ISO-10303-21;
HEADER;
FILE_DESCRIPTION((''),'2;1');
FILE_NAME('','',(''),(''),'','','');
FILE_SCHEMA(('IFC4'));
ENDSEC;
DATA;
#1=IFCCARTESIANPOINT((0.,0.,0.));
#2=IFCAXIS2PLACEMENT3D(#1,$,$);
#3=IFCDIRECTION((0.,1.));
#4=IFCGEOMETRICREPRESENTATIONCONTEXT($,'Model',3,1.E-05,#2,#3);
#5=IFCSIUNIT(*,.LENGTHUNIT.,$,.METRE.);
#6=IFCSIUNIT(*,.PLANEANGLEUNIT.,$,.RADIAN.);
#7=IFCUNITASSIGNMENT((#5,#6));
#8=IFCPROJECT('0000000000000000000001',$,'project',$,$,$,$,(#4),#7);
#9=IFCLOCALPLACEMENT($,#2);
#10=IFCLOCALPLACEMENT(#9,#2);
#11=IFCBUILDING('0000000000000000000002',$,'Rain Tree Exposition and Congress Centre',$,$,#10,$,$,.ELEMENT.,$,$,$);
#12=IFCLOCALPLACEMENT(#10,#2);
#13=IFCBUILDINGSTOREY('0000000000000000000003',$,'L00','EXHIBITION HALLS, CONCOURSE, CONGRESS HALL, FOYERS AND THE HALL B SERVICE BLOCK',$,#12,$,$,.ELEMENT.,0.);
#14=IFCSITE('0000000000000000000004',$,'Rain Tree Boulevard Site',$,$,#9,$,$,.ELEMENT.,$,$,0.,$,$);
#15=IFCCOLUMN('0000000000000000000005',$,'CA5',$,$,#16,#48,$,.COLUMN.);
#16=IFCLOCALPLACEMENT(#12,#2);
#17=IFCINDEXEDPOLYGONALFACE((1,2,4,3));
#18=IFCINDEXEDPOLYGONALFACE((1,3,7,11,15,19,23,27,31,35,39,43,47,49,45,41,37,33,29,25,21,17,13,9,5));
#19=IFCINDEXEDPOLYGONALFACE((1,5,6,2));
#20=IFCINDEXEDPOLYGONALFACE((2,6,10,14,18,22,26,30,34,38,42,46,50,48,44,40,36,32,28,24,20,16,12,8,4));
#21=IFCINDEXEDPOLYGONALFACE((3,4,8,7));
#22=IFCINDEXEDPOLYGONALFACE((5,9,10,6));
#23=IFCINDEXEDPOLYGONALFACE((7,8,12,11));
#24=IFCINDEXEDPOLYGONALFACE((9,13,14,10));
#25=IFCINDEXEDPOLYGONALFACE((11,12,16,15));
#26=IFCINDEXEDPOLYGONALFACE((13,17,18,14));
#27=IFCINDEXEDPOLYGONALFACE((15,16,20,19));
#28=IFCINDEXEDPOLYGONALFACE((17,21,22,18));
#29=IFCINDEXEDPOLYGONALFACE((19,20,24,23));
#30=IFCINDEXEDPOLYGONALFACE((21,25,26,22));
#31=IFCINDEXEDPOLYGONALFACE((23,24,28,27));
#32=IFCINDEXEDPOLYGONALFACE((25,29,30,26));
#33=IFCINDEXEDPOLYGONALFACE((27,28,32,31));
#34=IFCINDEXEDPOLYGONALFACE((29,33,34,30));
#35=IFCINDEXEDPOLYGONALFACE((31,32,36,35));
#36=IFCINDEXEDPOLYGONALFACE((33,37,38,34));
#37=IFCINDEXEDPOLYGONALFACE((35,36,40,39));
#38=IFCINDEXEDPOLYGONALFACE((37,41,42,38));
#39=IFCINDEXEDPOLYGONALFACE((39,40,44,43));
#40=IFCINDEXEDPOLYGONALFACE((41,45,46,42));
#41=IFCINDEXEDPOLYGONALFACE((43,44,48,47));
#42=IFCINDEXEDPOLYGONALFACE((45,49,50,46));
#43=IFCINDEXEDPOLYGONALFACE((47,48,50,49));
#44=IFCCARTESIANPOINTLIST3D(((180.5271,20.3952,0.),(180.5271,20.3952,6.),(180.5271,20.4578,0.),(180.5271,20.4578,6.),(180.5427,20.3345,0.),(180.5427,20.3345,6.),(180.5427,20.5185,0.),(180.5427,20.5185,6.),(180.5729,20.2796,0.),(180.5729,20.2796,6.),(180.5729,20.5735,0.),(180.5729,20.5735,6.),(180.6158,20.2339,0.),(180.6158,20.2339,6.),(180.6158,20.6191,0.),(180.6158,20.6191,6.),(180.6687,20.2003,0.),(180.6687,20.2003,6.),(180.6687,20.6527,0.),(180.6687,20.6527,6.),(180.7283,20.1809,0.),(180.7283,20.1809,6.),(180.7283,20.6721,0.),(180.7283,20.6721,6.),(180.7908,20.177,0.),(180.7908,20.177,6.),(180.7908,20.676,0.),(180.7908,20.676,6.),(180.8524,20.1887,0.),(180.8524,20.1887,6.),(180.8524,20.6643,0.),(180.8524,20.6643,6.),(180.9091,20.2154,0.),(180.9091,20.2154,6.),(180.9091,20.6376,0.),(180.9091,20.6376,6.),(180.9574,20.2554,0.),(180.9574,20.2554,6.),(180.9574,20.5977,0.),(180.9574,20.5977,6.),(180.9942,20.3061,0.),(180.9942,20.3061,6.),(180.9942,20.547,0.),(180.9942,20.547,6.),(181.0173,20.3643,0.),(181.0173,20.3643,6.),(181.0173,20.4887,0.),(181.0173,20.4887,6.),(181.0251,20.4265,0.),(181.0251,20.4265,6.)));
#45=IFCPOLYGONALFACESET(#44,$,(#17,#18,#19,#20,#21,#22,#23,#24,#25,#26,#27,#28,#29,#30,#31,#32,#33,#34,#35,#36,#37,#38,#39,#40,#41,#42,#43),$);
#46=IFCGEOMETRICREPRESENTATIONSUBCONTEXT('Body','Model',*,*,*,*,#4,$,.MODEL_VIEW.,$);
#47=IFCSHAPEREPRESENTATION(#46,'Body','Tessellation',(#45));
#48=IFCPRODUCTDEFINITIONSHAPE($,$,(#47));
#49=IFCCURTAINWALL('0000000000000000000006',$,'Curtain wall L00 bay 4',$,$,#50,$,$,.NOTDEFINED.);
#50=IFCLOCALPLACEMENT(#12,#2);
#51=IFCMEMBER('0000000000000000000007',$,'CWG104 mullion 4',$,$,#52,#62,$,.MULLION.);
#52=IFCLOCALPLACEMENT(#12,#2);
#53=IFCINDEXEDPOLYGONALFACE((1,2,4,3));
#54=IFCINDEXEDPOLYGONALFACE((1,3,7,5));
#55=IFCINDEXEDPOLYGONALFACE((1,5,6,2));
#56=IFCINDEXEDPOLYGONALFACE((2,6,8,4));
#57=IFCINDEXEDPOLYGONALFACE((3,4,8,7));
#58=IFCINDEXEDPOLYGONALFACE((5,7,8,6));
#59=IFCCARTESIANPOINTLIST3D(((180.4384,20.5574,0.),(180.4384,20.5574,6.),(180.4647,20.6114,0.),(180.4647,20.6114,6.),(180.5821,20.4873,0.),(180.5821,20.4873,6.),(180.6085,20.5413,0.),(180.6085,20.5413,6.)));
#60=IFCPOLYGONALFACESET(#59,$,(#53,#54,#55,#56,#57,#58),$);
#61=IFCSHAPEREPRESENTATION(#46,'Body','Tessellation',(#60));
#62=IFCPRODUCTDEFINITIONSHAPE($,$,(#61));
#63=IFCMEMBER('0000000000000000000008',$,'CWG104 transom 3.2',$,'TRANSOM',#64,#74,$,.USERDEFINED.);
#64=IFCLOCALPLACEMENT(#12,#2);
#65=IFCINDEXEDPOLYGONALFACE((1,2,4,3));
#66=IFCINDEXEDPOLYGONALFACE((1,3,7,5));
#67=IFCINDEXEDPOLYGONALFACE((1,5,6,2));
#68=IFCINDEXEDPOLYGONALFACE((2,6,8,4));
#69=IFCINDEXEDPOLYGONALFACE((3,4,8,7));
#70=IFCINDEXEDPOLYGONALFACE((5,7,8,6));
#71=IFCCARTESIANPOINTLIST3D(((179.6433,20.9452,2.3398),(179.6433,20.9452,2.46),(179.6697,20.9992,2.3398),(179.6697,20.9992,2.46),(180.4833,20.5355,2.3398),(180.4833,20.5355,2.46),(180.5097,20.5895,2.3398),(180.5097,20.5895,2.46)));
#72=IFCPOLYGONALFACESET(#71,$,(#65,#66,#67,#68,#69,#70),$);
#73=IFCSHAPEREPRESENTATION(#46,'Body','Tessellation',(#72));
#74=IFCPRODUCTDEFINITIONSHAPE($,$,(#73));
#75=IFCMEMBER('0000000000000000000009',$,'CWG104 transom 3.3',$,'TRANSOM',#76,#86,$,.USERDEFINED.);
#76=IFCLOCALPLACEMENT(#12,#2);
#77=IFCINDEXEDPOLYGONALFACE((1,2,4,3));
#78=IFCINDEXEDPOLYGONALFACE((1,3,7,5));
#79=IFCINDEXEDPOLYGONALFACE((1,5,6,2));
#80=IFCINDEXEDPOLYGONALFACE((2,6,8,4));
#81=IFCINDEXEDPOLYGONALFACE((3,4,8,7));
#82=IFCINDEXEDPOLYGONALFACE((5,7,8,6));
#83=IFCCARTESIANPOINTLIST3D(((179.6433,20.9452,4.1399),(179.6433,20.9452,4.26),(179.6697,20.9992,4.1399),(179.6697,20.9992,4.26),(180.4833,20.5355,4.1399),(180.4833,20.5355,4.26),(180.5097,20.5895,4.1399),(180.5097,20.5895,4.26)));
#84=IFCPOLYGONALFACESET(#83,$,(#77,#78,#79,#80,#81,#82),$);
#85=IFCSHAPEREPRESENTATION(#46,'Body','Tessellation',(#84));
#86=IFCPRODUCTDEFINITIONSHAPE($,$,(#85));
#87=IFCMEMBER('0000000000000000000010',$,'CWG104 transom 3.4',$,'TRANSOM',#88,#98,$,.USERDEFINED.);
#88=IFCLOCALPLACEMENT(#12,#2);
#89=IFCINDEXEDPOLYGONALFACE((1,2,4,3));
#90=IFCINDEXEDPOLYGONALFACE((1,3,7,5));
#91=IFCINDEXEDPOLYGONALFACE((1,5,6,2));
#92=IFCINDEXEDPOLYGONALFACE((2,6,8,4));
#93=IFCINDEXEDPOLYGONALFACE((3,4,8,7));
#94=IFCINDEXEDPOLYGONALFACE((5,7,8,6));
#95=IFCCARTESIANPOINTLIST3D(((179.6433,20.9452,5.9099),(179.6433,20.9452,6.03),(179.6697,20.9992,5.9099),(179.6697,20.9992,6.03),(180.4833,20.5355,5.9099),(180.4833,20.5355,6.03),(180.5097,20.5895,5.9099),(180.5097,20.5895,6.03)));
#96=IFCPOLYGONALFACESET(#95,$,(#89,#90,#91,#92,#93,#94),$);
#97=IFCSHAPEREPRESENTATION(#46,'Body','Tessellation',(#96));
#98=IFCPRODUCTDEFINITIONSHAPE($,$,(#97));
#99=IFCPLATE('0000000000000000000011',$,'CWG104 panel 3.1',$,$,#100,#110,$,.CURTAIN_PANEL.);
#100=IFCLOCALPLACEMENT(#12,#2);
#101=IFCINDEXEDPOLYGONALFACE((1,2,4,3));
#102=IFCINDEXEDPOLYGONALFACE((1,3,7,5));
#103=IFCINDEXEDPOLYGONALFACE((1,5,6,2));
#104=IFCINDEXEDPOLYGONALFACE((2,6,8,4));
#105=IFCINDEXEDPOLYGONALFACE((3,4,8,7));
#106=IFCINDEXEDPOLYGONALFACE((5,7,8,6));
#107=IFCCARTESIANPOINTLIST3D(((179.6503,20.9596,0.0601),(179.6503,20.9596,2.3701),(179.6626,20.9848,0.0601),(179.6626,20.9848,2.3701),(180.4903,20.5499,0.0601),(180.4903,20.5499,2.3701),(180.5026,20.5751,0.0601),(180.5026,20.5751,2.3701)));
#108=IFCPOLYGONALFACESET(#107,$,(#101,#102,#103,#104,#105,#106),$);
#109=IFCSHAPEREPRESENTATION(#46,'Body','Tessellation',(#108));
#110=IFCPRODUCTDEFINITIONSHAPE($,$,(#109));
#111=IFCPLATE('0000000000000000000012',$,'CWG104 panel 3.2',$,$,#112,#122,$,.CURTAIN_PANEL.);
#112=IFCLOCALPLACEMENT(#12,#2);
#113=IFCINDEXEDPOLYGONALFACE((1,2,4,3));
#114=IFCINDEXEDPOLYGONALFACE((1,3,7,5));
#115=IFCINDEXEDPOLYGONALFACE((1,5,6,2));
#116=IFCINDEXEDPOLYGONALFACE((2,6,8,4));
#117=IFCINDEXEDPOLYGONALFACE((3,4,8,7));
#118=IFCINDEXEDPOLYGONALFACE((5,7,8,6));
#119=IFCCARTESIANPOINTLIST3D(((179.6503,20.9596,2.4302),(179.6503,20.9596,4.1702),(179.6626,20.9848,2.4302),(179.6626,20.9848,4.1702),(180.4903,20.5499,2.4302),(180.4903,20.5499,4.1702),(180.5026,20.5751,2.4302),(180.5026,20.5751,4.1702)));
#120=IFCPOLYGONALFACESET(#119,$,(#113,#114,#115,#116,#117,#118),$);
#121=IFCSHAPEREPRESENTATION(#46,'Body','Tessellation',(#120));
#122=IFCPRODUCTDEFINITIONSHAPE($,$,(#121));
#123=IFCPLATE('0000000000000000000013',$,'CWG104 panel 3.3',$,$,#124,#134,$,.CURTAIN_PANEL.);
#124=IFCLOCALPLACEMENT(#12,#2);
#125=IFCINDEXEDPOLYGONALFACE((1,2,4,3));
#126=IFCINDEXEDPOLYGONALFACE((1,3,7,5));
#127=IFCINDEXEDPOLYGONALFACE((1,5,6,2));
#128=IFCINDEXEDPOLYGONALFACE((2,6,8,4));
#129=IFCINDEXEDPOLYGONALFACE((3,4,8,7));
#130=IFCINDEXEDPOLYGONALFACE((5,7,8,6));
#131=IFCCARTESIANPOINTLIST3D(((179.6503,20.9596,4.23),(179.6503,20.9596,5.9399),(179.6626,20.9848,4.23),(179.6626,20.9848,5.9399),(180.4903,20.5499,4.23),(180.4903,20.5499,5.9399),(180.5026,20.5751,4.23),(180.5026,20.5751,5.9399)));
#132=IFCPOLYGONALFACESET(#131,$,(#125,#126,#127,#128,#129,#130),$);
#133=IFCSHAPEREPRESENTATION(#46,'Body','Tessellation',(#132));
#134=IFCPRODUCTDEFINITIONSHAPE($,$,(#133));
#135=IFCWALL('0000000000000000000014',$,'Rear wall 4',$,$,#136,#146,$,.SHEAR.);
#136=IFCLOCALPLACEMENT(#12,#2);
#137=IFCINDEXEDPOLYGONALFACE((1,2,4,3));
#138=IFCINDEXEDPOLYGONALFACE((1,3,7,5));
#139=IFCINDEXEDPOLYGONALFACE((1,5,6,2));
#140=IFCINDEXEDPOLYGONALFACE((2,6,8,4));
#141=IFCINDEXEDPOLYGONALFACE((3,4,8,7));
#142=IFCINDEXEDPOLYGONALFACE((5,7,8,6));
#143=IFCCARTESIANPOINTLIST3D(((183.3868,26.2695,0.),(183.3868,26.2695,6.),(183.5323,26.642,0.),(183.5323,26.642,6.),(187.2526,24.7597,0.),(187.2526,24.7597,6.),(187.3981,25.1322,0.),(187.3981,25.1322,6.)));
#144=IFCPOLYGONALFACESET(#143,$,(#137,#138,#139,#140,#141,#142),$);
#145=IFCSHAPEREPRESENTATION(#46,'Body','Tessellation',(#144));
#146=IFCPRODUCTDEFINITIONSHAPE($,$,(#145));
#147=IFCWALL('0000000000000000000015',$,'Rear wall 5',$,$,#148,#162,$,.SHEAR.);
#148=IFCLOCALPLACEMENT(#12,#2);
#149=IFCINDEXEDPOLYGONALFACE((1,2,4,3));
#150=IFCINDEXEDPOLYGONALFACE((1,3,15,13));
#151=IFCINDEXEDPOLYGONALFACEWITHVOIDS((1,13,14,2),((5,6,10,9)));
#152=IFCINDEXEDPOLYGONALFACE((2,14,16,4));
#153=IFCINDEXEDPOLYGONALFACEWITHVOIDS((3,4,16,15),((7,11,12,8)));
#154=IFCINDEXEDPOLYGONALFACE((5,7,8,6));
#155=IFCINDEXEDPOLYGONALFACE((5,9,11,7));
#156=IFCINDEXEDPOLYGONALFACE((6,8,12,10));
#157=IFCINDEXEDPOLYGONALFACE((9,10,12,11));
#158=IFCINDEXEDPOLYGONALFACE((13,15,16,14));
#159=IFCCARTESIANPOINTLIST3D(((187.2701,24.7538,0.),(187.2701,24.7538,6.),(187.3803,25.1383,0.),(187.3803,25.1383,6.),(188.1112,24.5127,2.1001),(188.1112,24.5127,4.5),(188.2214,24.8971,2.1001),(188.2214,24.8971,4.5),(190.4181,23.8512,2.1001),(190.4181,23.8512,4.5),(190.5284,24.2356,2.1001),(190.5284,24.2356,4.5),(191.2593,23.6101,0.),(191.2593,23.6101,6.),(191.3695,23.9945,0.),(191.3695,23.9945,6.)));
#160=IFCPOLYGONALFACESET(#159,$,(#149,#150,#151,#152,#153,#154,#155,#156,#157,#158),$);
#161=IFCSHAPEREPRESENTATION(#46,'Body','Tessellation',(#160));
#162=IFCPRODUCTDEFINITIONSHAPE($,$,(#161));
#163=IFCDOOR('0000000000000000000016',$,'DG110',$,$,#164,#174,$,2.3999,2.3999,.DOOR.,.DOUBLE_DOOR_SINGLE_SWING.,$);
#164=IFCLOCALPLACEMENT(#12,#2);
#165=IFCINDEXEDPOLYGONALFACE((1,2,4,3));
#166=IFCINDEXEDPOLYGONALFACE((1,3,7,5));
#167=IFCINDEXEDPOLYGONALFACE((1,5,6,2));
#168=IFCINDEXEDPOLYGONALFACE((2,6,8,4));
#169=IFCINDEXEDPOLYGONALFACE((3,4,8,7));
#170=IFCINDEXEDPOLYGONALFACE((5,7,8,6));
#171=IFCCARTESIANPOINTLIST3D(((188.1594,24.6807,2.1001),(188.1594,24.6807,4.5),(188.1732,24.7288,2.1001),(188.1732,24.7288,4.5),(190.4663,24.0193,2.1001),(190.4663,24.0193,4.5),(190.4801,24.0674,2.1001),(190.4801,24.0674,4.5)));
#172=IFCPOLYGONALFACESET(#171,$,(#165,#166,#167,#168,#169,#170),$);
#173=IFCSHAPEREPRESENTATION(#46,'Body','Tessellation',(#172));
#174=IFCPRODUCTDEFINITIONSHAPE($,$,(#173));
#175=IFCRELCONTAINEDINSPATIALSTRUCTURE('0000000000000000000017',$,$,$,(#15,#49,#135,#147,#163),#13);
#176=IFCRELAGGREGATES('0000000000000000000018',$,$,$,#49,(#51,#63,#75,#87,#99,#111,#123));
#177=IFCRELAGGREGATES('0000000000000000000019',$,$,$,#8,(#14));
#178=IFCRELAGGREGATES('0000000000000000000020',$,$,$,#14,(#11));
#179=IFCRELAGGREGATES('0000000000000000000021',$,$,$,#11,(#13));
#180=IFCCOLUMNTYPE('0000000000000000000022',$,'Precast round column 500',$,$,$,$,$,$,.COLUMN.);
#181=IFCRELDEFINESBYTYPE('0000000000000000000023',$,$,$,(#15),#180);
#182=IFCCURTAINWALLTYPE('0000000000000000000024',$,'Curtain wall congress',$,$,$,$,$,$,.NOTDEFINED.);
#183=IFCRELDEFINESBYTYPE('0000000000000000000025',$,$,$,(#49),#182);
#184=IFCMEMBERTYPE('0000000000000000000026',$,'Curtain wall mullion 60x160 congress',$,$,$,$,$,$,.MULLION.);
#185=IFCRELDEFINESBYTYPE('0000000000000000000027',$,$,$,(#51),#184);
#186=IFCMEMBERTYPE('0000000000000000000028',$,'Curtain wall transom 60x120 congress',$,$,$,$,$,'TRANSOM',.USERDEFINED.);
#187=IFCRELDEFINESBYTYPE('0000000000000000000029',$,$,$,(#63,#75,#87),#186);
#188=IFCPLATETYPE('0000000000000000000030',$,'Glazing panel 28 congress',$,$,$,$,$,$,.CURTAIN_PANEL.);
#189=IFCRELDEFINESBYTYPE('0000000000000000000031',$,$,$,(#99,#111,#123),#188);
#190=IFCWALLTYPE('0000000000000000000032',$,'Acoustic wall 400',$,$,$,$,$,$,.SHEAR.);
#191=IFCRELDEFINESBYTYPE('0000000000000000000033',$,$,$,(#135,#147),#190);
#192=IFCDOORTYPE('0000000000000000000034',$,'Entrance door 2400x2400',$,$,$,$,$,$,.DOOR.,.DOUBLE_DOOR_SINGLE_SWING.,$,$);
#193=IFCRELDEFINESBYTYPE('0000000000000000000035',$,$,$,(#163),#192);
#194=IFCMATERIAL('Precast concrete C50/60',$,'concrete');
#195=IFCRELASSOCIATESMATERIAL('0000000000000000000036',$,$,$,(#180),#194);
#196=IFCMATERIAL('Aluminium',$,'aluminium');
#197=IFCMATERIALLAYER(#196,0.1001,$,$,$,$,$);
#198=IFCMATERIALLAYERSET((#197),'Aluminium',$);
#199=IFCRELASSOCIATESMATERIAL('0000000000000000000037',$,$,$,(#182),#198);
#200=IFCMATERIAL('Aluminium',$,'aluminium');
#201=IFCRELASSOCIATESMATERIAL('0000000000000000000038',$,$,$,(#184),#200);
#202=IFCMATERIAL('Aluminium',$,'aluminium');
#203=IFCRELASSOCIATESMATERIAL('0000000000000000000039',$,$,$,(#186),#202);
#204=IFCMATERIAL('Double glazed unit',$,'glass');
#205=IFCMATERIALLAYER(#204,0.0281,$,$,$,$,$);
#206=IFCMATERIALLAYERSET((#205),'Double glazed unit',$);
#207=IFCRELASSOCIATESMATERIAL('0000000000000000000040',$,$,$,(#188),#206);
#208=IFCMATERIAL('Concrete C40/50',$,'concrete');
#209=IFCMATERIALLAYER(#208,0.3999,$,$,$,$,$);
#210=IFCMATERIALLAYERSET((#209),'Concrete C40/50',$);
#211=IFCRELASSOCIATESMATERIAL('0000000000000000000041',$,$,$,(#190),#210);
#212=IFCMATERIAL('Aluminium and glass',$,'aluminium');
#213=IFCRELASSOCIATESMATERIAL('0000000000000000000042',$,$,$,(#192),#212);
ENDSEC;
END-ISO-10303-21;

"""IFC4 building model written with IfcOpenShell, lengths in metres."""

from ifc_helpers import new_model, si_unit, direction, frame, frame_2d, origin, origin_2d, place, context, subcontext, project, spatial, rectangle, circle, extrude, material, layer, layer_set, material_profile, profile_set, type_object, element, fill, aggregate, save


model = new_model("IFC4")

# Units and contexts
model_context = context("Model", 3, precision=1e-05, world=origin(), true_north=direction((0.0, 1.0)))
body_context = subcontext(model_context, "Body", "Model", "MODEL_VIEW")
ifc_project = project(units=[si_unit("LENGTHUNIT", "METRE"), si_unit("PLANEANGLEUNIT", "RADIAN")], contexts=[model_context])

# Site, building, storey
site_placement = place(None, origin())
site = spatial("IfcSite", under=ifc_project, at=site_placement, Name="Rain Tree Boulevard Site", CompositionType="ELEMENT", RefElevation=0.0)
building_placement = place(site_placement, origin())
building = spatial("IfcBuilding", under=site, at=building_placement, Name="Rain Tree Exposition and Congress Centre", CompositionType="ELEMENT")
storey_placement = place(building_placement, origin())
storey = spatial("IfcBuildingStorey", under=building, at=storey_placement, Name="L00", Description="EXHIBITION HALLS, CONCOURSE, CONGRESS HALL, FOYERS AND THE HALL B SERVICE BLOCK", CompositionType="ELEMENT", Elevation=0.0)

# Column
ifc_material_1 = material(Name="Precast concrete C50/60", Category="concrete")
ifc_material_profile_1 = material_profile(ifc_material_1, circle(Radius=0.25, at=origin_2d()), Name="RC D500")
ifc_profile_set_1 = profile_set([ifc_material_profile_1], Name="Precast concrete C50/60")
column_type = type_object("IfcColumnType", Name="Precast round column 500", PredefinedType="COLUMN", material=ifc_profile_set_1)
column_placement = place(storey_placement, frame((180.7751, 20.4265, 0.0), z_axis=(0.0, 0.0, 1.0), x_axis=(1.0, 0.0, 0.0)))
element("IfcColumn", 1, at=column_placement, inside=storey, type_object=column_type, Name="CA5", PredefinedType="COLUMN", context=body_context, shape_type="SweptSolid", body=[
    extrude(circle(Radius=0.25, at=origin_2d()), origin(), (0.0, 0.0, 1.0), 6.0),
])

# Curtain wall, members, plates
ifc_material_2 = material(Name="Aluminium", Category="aluminium")
ifc_layer_1 = layer(ifc_material_2, 0.1001)
ifc_layer_set_1 = layer_set([ifc_layer_1], Name="Aluminium")
curtain_wall_type = type_object("IfcCurtainWallType", Name="Curtain wall congress", PredefinedType="NOTDEFINED", material=ifc_layer_set_1)
curtain_wall_placement = place(storey_placement, origin())
curtain_wall = element("IfcCurtainWall", 2, at=curtain_wall_placement, inside=storey, type_object=curtain_wall_type, Name="Curtain wall L00 bay 4", PredefinedType="NOTDEFINED")
ifc_material_3 = material(Name="Aluminium", Category="aluminium")
ifc_material_profile_2 = material_profile(ifc_material_3, rectangle(XDim=0.0601, YDim=0.1599, at=origin_2d()), Name="AL 60x160")
ifc_profile_set_2 = profile_set([ifc_material_profile_2], Name="Aluminium")
member_type_1 = type_object("IfcMemberType", Name="Curtain wall mullion 60x160 congress", PredefinedType="MULLION", material=ifc_profile_set_2)
member_1_placement = place(storey_placement, frame((180.5234, 20.5493, 0.0), z_axis=(0.0, 0.0, 1.0), x_axis=(0.438369, 0.898795, 0.0)))
member_1 = element("IfcMember", 3, at=member_1_placement, type_object=member_type_1, Name="CWG104 mullion 4", PredefinedType="MULLION", context=body_context, shape_type="SweptSolid", body=[
    extrude(rectangle(XDim=0.0601, YDim=0.1599, at=origin_2d()), origin(), (0.0, 0.0, 1.0), 6.0),
])
ifc_material_4 = material(Name="Aluminium", Category="aluminium")
ifc_material_profile_3 = material_profile(ifc_material_4, rectangle(XDim=0.0601, YDim=0.1201, at=origin_2d()), Name="AL 60x120")
ifc_profile_set_3 = profile_set([ifc_material_profile_3], Name="Aluminium")
member_type_2 = type_object("IfcMemberType", Name="Curtain wall transom 60x120 congress", ElementType="TRANSOM", PredefinedType="USERDEFINED", material=ifc_profile_set_3)
member_2_placement = place(storey_placement, frame((179.6565, 20.9722, 2.3999), z_axis=(0.898824, -0.43831, 0.0), x_axis=(0.43831, 0.898824, 0.0)))
member_2 = element("IfcMember", 4, at=member_2_placement, type_object=member_type_2, Name="CWG104 transom 3.2", ObjectType="TRANSOM", PredefinedType="USERDEFINED", context=body_context, shape_type="SweptSolid", body=[
    extrude(rectangle(XDim=0.0601, YDim=0.1201, at=origin_2d()), origin(), (0.0, 0.0, 1.0), 0.9346),
])
member_3_placement = place(storey_placement, frame((179.6565, 20.9722, 4.2), z_axis=(0.898824, -0.43831, 0.0), x_axis=(0.43831, 0.898824, 0.0)))
member_3 = element("IfcMember", 5, at=member_3_placement, type_object=member_type_2, Name="CWG104 transom 3.3", ObjectType="TRANSOM", PredefinedType="USERDEFINED", context=body_context, shape_type="SweptSolid", body=[
    extrude(rectangle(XDim=0.0601, YDim=0.1201, at=origin_2d()), origin(), (0.0, 0.0, 1.0), 0.9346),
])
member_4_placement = place(storey_placement, frame((179.6565, 20.9722, 5.97), z_axis=(0.898824, -0.43831, 0.0), x_axis=(0.43831, 0.898824, 0.0)))
member_4 = element("IfcMember", 6, at=member_4_placement, type_object=member_type_2, Name="CWG104 transom 3.4", ObjectType="TRANSOM", PredefinedType="USERDEFINED", context=body_context, shape_type="SweptSolid", body=[
    extrude(rectangle(XDim=0.0601, YDim=0.1201, at=origin_2d()), origin(), (0.0, 0.0, 1.0), 0.9346),
])
ifc_material_5 = material(Name="Double glazed unit", Category="glass")
ifc_layer_2 = layer(ifc_material_5, 0.0281)
ifc_layer_set_2 = layer_set([ifc_layer_2], Name="Double glazed unit")
plate_type = type_object("IfcPlateType", Name="Glazing panel 28 congress", PredefinedType="CURTAIN_PANEL", material=ifc_layer_set_2)
plate_1_placement = place(storey_placement, frame((180.0764, 20.7673, 0.0601), z_axis=(0.0, 0.0, 1.0), x_axis=(0.898795, -0.438369, 0.0)))
plate_1 = element("IfcPlate", 7, at=plate_1_placement, type_object=plate_type, Name="CWG104 panel 3.1", PredefinedType="CURTAIN_PANEL", context=body_context, shape_type="SweptSolid", body=[
    extrude(rectangle(XDim=0.9346, YDim=0.0281, at=origin_2d()), origin(), (0.0, 0.0, 1.0), 2.3101),
])
plate_2_placement = place(storey_placement, frame((180.0764, 20.7673, 2.4302), z_axis=(0.0, 0.0, 1.0), x_axis=(0.898795, -0.438369, 0.0)))
plate_2 = element("IfcPlate", 8, at=plate_2_placement, type_object=plate_type, Name="CWG104 panel 3.2", PredefinedType="CURTAIN_PANEL", context=body_context, shape_type="SweptSolid", body=[
    extrude(rectangle(XDim=0.9346, YDim=0.0281, at=origin_2d()), origin(), (0.0, 0.0, 1.0), 1.74),
])
plate_3_placement = place(storey_placement, frame((180.0764, 20.7673, 4.23), z_axis=(0.0, 0.0, 1.0), x_axis=(0.898795, -0.438369, 0.0)))
plate_3 = element("IfcPlate", 9, at=plate_3_placement, type_object=plate_type, Name="CWG104 panel 3.3", PredefinedType="CURTAIN_PANEL", context=body_context, shape_type="SweptSolid", body=[
    extrude(rectangle(XDim=0.9346, YDim=0.0281, at=origin_2d()), origin(), (0.0, 0.0, 1.0), 1.71),
])
aggregate(curtain_wall, [member_1, member_2, member_3, member_4, plate_1, plate_2, plate_3])

# Wall
ifc_material_6 = material(Name="Concrete C40/50", Category="concrete")
ifc_layer_3 = layer(ifc_material_6, 0.3999)
ifc_layer_set_3 = layer_set([ifc_layer_3], Name="Concrete C40/50")
wall_type_1 = type_object("IfcWallType", Name="Acoustic wall 400", PredefinedType="SHEAR", material=ifc_layer_set_3)
wall_1_placement = place(storey_placement, frame((183.4595, 26.4558, 0.0), z_axis=(0.0, 0.0, 1.0), x_axis=(0.93148, -0.363792, 0.0)))
element("IfcWall", 10, at=wall_1_placement, inside=storey, type_object=wall_type_1, Name="Rear wall 4", PredefinedType="SHEAR", context=body_context, shape_type="SweptSolid", body=[
    extrude(rectangle(XDim=4.1501, YDim=0.3999, at=frame_2d((2.0752, 0.0))), origin(), (0.0, 0.0, 1.0), 6.0),
])

# Wall, opening, door
wall_2_placement = place(storey_placement, frame((187.3252, 24.946, 0.0), z_axis=(0.0, 0.0, 1.0), x_axis=(0.961268, -0.275615, 0.0)))
wall_2 = element("IfcWall", 11, at=wall_2_placement, inside=storey, type_object=wall_type_1, Name="Rear wall 5", PredefinedType="SHEAR", context=body_context, shape_type="SweptSolid", body=[
    extrude(rectangle(XDim=4.1499, YDim=0.3999, at=frame_2d((2.075, 0.0))), origin(), (0.0, 0.0, 1.0), 6.0),
])
opening_1_placement = place(wall_2_placement, frame((0.875, 0.0, 2.1001)))
opening_1 = element("IfcOpeningElement", 12, at=opening_1_placement, cuts=wall_2, PredefinedType="OPENING", context=body_context, shape_type="SweptSolid", body=[
    extrude(rectangle(XDim=2.3999, YDim=2.3999, at=frame_2d((1.2, 1.2))), frame((0.0, 0.2, 0.0), z_axis=(0.0, -1.0, 0.0), x_axis=(1.0, 0.0, 0.0)), (0.0, 0.0, 1.0), 0.3999),
])
ifc_material_7 = material(Name="Aluminium and glass", Category="aluminium")
door_type = type_object("IfcDoorType", Name="Entrance door 2400x2400", OperationType="DOUBLE_DOOR_SINGLE_SWING", PredefinedType="DOOR", material=ifc_material_7)
door_1_placement = place(opening_1_placement, origin())
door_1 = element("IfcDoor", 13, at=door_1_placement, inside=storey, type_object=door_type, Name="DG110", OperationType="DOUBLE_DOOR_SINGLE_SWING", OverallHeight=2.3999, OverallWidth=2.3999, PredefinedType="DOOR", context=body_context, shape_type="SweptSolid", body=[
    extrude(rectangle(XDim=2.3999, YDim=2.3999, at=frame_2d((1.2, 1.2))), frame((0.0, 0.0249, 0.0), z_axis=(0.0, -1.0, 0.0), x_axis=(1.0, 0.0, 0.0)), (0.0, 0.0, 1.0), 0.05),
])
fill(opening_1, door_1)

save(model, "model.ifc")
